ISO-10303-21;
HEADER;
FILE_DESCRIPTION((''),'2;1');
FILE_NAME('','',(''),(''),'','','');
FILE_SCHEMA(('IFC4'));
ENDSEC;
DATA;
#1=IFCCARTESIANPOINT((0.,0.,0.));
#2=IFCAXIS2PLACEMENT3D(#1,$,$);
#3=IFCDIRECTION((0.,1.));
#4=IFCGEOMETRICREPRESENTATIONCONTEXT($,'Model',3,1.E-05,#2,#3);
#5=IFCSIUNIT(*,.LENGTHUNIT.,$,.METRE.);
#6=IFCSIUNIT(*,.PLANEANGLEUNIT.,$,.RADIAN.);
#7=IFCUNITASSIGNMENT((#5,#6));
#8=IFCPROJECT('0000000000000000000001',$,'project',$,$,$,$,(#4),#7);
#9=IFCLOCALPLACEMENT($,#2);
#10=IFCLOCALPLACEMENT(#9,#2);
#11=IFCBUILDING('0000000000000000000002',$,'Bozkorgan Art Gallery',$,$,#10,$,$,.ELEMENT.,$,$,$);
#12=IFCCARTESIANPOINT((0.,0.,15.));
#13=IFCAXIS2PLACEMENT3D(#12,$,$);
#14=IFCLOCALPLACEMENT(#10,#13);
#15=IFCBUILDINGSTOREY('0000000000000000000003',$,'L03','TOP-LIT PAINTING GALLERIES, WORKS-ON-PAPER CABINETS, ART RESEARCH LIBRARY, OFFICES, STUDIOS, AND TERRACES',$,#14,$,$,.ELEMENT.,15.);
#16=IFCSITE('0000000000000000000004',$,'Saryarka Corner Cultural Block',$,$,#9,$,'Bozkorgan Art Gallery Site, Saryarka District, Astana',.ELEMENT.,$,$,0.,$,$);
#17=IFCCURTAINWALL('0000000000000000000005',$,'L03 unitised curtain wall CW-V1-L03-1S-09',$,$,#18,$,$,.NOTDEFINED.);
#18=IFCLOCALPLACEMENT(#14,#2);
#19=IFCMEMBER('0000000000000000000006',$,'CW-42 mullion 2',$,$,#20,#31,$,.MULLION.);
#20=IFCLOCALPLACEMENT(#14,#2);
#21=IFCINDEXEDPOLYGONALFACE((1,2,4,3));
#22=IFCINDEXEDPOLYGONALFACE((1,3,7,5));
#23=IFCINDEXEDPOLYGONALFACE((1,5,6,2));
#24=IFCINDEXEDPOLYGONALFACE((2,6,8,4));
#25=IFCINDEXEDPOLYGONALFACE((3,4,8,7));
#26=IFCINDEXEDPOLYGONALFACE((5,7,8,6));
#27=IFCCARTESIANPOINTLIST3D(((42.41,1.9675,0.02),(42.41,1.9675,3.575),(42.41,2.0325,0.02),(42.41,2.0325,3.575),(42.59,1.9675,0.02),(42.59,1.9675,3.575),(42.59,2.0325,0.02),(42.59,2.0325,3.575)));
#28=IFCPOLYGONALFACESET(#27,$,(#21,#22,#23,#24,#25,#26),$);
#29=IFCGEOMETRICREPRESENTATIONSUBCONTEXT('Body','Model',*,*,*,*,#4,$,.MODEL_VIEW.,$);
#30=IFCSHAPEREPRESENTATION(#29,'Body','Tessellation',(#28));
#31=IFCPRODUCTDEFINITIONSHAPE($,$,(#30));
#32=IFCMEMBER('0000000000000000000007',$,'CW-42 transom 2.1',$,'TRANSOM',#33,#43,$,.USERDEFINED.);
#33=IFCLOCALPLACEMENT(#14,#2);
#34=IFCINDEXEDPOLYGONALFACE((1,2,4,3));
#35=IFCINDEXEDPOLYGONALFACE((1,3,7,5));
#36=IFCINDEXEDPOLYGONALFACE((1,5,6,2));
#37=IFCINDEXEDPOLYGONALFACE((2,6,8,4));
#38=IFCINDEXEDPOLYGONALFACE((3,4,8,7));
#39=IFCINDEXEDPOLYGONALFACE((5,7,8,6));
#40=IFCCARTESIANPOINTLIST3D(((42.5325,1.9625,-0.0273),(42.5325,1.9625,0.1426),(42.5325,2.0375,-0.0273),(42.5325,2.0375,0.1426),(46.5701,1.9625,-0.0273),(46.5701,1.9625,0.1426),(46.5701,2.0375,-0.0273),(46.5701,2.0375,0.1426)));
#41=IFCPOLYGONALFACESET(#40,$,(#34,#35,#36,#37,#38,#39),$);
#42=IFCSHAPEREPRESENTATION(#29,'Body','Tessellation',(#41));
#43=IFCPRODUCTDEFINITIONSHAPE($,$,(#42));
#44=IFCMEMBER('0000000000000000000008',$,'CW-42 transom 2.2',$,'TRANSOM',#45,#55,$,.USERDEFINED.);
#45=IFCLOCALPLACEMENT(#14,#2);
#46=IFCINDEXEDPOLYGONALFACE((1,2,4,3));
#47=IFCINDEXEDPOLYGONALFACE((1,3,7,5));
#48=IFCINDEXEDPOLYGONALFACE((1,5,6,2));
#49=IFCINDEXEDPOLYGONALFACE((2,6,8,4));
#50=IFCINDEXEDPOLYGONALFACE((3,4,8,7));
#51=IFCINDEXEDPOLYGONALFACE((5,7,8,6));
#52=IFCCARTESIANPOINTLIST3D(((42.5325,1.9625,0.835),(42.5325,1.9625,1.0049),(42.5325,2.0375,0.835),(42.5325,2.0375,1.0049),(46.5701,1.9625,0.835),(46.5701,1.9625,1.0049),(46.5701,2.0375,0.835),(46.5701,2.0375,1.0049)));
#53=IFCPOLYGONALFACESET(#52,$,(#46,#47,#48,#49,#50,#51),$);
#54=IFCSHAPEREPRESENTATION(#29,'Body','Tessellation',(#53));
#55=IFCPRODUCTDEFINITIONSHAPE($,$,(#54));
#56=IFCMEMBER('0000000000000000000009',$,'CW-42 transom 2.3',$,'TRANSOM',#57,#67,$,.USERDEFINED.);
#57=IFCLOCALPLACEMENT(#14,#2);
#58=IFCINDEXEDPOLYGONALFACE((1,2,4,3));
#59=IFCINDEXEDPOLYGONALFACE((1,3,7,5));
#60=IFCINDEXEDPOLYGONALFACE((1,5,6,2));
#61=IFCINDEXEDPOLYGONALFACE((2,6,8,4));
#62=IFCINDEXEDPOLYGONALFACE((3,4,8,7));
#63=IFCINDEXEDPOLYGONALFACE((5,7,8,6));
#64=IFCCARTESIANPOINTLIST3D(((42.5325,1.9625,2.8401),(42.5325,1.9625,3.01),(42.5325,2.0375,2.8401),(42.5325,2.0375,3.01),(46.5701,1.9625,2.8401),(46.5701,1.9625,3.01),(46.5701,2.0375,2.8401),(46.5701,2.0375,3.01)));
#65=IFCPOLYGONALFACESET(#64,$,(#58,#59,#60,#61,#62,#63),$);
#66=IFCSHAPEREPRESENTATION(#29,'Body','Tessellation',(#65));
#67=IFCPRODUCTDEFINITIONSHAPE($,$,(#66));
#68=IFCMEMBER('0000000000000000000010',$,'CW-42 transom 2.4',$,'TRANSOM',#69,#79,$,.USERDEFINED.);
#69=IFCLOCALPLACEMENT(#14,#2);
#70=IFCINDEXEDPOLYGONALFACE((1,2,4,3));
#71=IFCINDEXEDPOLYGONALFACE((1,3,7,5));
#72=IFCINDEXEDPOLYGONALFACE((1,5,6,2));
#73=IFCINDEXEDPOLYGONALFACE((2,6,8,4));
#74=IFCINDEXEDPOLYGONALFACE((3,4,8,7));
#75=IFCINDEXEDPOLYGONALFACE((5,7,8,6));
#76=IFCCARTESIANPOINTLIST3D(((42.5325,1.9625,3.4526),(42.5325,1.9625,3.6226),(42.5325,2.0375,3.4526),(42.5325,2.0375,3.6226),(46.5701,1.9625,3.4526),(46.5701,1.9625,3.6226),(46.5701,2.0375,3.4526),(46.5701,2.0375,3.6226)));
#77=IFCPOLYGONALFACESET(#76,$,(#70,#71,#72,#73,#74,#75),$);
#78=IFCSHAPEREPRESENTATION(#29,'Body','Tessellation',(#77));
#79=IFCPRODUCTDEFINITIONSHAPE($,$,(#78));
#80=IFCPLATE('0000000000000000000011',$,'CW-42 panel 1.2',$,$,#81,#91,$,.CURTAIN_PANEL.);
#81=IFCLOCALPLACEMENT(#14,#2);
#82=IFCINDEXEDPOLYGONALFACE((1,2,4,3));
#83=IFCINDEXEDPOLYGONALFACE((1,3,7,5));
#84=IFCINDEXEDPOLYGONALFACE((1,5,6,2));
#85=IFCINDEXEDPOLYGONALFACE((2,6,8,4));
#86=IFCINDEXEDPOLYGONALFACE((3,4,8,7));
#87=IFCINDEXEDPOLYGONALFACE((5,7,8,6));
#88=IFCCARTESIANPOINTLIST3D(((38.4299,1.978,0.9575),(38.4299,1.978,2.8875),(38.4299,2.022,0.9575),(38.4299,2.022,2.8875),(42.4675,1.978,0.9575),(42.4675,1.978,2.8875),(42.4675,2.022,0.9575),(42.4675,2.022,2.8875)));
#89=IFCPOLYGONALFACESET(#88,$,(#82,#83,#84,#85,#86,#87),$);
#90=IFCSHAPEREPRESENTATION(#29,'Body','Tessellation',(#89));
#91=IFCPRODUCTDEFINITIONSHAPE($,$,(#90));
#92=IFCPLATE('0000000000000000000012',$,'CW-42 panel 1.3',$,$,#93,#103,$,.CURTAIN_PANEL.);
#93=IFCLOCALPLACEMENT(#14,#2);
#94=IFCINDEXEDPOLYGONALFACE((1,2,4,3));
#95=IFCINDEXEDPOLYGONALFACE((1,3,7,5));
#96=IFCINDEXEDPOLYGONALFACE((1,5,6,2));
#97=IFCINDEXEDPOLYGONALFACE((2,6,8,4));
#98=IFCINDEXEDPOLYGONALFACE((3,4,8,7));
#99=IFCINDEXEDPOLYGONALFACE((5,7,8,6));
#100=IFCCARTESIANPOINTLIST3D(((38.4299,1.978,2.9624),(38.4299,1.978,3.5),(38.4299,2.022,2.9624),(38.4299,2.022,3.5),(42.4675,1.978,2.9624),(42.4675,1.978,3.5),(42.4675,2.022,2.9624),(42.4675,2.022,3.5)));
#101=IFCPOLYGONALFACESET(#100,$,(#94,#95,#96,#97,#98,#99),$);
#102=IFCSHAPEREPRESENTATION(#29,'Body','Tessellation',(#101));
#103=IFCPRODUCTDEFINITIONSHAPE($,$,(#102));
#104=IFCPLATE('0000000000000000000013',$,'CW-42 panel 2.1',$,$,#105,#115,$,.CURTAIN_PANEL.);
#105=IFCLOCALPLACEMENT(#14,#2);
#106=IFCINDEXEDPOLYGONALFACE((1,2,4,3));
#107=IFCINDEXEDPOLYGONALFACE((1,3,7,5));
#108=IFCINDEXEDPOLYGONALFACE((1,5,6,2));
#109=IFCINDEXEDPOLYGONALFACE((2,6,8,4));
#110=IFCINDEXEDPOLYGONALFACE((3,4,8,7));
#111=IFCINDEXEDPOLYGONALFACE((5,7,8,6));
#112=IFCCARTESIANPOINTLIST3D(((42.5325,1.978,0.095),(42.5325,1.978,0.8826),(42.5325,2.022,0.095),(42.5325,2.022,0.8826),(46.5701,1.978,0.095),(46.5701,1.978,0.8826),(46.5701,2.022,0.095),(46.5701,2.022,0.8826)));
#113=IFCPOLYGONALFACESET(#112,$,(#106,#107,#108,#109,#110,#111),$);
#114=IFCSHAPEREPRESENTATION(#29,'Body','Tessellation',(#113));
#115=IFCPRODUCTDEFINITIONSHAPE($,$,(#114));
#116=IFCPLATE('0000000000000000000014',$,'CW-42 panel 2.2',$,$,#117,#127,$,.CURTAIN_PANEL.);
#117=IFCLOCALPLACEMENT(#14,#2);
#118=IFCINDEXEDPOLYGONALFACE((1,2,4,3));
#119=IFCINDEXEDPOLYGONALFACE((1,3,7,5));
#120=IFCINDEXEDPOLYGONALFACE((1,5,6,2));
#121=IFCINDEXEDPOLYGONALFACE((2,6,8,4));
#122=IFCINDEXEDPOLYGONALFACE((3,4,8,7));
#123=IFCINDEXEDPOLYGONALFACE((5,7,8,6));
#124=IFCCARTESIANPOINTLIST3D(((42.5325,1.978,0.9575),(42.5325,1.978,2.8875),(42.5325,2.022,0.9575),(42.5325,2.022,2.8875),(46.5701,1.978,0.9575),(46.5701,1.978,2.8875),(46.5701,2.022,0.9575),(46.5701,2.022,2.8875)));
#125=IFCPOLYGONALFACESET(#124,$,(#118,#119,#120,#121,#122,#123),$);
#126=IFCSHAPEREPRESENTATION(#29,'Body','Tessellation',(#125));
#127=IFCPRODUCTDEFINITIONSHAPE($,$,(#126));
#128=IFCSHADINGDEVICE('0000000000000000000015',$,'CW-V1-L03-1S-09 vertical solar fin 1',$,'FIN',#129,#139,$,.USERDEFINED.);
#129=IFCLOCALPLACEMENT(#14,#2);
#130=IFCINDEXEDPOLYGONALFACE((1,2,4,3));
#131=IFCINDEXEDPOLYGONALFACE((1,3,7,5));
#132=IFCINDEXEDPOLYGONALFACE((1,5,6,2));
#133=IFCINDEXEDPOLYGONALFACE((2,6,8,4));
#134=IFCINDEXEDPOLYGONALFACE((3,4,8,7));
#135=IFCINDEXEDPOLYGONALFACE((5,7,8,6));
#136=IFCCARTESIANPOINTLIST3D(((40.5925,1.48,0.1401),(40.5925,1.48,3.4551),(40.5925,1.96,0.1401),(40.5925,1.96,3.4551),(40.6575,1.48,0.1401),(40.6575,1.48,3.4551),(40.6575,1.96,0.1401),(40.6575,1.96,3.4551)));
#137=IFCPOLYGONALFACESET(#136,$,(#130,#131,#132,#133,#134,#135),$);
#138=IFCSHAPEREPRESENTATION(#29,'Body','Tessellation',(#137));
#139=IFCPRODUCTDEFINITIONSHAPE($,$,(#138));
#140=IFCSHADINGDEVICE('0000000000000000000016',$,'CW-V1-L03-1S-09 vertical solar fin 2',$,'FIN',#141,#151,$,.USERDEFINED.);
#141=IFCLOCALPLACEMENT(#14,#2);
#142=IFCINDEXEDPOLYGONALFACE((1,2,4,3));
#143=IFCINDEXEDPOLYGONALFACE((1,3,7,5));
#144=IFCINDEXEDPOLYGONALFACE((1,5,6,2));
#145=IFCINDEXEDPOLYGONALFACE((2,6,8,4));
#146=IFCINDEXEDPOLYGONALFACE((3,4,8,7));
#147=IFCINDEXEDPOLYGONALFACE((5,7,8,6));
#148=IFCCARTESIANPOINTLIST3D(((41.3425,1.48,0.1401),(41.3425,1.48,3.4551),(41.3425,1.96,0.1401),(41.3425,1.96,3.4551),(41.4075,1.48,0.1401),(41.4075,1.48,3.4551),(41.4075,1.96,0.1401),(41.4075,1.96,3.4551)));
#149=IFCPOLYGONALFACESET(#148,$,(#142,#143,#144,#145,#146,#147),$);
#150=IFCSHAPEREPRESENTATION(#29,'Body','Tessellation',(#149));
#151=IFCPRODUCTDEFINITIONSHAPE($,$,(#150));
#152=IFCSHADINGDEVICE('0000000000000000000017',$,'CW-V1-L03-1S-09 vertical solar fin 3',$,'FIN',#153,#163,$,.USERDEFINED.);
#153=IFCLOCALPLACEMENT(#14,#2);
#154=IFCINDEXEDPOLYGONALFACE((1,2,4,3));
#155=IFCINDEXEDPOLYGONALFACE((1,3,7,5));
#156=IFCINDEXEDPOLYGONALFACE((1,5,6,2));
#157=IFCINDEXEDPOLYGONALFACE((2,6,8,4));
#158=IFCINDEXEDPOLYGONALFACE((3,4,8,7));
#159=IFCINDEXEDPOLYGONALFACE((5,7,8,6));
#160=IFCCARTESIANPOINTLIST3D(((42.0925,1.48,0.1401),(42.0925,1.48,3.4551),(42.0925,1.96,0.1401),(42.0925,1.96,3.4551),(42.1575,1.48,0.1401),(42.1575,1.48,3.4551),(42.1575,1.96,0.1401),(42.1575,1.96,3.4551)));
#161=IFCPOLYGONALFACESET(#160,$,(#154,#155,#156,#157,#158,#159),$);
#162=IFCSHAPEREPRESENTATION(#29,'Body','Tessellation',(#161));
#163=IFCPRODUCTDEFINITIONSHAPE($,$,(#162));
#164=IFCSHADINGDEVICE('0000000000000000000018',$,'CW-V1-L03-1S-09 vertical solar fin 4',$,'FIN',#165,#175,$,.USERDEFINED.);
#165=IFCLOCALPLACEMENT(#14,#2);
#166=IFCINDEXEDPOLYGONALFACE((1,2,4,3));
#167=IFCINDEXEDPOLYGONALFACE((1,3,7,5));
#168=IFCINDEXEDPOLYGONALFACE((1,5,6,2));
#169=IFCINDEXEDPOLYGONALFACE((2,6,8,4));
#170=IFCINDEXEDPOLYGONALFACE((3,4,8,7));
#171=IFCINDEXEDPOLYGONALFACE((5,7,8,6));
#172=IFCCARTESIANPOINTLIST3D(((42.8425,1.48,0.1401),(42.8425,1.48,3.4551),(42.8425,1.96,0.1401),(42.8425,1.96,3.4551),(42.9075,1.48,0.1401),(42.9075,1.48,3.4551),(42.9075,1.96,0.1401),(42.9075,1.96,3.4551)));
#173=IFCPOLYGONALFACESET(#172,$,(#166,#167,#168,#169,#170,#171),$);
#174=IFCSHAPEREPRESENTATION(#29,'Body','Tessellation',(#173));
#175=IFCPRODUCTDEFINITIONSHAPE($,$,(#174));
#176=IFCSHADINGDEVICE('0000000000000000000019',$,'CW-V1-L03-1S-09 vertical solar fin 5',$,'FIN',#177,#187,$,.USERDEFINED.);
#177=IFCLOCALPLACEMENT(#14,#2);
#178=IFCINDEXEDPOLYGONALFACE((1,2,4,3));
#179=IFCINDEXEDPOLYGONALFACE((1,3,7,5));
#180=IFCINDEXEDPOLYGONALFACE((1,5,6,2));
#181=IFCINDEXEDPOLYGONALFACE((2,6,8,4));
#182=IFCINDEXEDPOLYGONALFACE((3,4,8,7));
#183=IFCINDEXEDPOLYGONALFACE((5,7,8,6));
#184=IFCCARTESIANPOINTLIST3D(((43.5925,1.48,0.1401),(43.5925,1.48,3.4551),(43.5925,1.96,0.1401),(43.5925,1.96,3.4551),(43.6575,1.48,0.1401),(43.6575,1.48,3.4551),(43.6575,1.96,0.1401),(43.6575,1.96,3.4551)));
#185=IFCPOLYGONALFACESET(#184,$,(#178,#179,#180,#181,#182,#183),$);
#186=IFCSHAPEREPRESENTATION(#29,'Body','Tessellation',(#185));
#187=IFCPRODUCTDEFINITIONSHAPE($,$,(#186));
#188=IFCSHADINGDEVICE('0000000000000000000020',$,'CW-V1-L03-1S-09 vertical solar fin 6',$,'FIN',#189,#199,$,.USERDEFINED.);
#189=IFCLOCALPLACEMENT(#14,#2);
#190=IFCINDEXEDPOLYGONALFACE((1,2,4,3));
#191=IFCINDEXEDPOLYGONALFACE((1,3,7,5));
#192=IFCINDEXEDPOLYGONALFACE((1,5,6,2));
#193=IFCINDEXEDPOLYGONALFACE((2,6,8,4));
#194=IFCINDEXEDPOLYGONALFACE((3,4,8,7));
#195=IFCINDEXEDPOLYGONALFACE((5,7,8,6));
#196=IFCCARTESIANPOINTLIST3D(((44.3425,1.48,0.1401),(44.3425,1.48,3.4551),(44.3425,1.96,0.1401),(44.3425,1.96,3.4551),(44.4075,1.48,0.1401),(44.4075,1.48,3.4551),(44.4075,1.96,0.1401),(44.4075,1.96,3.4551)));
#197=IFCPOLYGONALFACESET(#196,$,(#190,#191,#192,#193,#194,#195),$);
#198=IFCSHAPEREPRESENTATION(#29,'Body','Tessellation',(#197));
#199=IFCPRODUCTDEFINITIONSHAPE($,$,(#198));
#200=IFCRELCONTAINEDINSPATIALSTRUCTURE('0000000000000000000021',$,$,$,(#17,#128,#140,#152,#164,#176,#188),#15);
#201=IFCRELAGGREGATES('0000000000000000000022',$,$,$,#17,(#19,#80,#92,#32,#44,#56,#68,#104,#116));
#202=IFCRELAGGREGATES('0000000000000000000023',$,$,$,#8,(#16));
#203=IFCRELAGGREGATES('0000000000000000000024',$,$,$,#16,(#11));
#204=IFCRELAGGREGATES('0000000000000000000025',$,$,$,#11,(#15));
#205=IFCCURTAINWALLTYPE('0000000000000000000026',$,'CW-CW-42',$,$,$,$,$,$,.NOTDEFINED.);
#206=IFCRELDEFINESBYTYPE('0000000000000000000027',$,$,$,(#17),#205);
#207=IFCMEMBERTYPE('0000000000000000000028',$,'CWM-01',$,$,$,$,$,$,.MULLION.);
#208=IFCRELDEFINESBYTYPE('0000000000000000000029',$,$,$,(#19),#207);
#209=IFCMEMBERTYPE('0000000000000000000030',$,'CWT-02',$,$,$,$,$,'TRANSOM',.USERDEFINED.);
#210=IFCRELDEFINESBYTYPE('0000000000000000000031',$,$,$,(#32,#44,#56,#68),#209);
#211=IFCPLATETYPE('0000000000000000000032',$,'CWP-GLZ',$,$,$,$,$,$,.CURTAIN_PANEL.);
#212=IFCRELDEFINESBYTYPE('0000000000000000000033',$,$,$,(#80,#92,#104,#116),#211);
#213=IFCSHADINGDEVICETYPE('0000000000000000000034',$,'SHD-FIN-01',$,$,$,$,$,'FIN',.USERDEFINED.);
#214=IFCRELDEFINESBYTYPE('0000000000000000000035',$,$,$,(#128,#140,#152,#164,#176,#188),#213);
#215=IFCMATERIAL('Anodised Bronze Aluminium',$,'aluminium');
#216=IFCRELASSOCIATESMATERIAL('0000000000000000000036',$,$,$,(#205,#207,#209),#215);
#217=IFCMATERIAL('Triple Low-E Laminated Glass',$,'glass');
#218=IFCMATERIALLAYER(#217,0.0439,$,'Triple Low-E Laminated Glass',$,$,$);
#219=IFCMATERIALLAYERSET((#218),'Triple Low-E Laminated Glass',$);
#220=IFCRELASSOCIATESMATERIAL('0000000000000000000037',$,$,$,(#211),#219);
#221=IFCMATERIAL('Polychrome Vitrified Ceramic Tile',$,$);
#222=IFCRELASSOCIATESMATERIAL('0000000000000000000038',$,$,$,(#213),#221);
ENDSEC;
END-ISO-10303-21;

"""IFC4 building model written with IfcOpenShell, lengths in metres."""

from ifc_helpers import new_model, si_unit, direction, frame, origin, origin_2d, place, context, subcontext, project, spatial, rectangle, extrude, material, layer, layer_set, material_profile, profile_set, type_object, element, aggregate, save


model = new_model("IFC4")

# Units and contexts
model_context = context("Model", 3, precision=1e-05, world=origin(), true_north=direction((0.0, 1.0)))
body_context = subcontext(model_context, "Body", "Model", "MODEL_VIEW")
ifc_project = project(units=[si_unit("LENGTHUNIT", "METRE"), si_unit("PLANEANGLEUNIT", "RADIAN")], contexts=[model_context])

# Site, building, storey
site_placement = place(None, origin())
site = spatial("IfcSite", under=ifc_project, at=site_placement, Name="Saryarka Corner Cultural Block", LongName="Bozkorgan Art Gallery Site, Saryarka District, Astana", CompositionType="ELEMENT", RefElevation=0.0)
building_placement = place(site_placement, origin())
building = spatial("IfcBuilding", under=site, at=building_placement, Name="Bozkorgan Art Gallery", CompositionType="ELEMENT")
storey_placement = place(building_placement, frame((0.0, 0.0, 15.0)))
storey = spatial("IfcBuildingStorey", under=building, at=storey_placement, Name="L03", Description="TOP-LIT PAINTING GALLERIES, WORKS-ON-PAPER CABINETS, ART RESEARCH LIBRARY, OFFICES, STUDIOS, AND TERRACES", CompositionType="ELEMENT", Elevation=15.0)

# Curtain wall, members, plates
ifc_material_1 = material(Name="Anodised Bronze Aluminium", Category="aluminium")
curtain_wall_type = type_object("IfcCurtainWallType", Name="CW-CW-42", PredefinedType="NOTDEFINED", material=ifc_material_1)
curtain_wall_placement = place(storey_placement, origin())
curtain_wall = element("IfcCurtainWall", 1, at=curtain_wall_placement, inside=storey, type_object=curtain_wall_type, Name="L03 unitised curtain wall CW-V1-L03-1S-09", PredefinedType="NOTDEFINED")
ifc_material_profile_1 = material_profile(ifc_material_1, rectangle(XDim=0.0649, YDim=0.1799, at=origin_2d()), Name="ALU MULLION 65x180")
ifc_profile_set_1 = profile_set([ifc_material_profile_1], Name="Anodised Bronze Aluminium")
member_type_1 = type_object("IfcMemberType", Name="CWM-01", PredefinedType="MULLION", material=ifc_profile_set_1)
member_1_placement = place(storey_placement, frame((42.5, 2.0, 0.02), z_axis=(0.0, 0.0, 1.0), x_axis=(0.0, 1.0, 0.0)))
member_1 = element("IfcMember", 2, at=member_1_placement, type_object=member_type_1, Name="CW-42 mullion 2", PredefinedType="MULLION", context=body_context, shape_type="SweptSolid", body=[
    extrude(rectangle(XDim=0.0649, YDim=0.1799, at=origin_2d()), origin(), (0.0, 0.0, 1.0), 3.5549),
])
ifc_material_profile_2 = material_profile(ifc_material_1, rectangle(XDim=0.075, YDim=0.1699, at=origin_2d()), Name="ALU TRANSOM 75x170")
ifc_profile_set_2 = profile_set([ifc_material_profile_2], Name="Anodised Bronze Aluminium")
member_type_2 = type_object("IfcMemberType", Name="CWT-02", ElementType="TRANSOM", PredefinedType="USERDEFINED", material=ifc_profile_set_2)
member_2_placement = place(storey_placement, frame((42.5325, 2.0, 0.0576), z_axis=(1.0, 0.0, 0.0), x_axis=(0.0, 1.0, 0.0)))
member_2 = element("IfcMember", 3, at=member_2_placement, type_object=member_type_2, Name="CW-42 transom 2.1", ObjectType="TRANSOM", PredefinedType="USERDEFINED", context=body_context, shape_type="SweptSolid", body=[
    extrude(rectangle(XDim=0.075, YDim=0.1699, at=origin_2d()), origin(), (0.0, 0.0, 1.0), 4.0376),
])
member_3_placement = place(storey_placement, frame((42.5325, 2.0, 0.9199), z_axis=(1.0, 0.0, 0.0), x_axis=(0.0, 1.0, 0.0)))
member_3 = element("IfcMember", 4, at=member_3_placement, type_object=member_type_2, Name="CW-42 transom 2.2", ObjectType="TRANSOM", PredefinedType="USERDEFINED", context=body_context, shape_type="SweptSolid", body=[
    extrude(rectangle(XDim=0.075, YDim=0.1699, at=origin_2d()), origin(), (0.0, 0.0, 1.0), 4.0376),
])
member_4_placement = place(storey_placement, frame((42.5325, 2.0, 2.925), z_axis=(1.0, 0.0, 0.0), x_axis=(0.0, 1.0, 0.0)))
member_4 = element("IfcMember", 5, at=member_4_placement, type_object=member_type_2, Name="CW-42 transom 2.3", ObjectType="TRANSOM", PredefinedType="USERDEFINED", context=body_context, shape_type="SweptSolid", body=[
    extrude(rectangle(XDim=0.075, YDim=0.1699, at=origin_2d()), origin(), (0.0, 0.0, 1.0), 4.0376),
])
member_5_placement = place(storey_placement, frame((42.5325, 2.0, 3.5376), z_axis=(1.0, 0.0, 0.0), x_axis=(0.0, 1.0, 0.0)))
member_5 = element("IfcMember", 6, at=member_5_placement, type_object=member_type_2, Name="CW-42 transom 2.4", ObjectType="TRANSOM", PredefinedType="USERDEFINED", context=body_context, shape_type="SweptSolid", body=[
    extrude(rectangle(XDim=0.075, YDim=0.1699, at=origin_2d()), origin(), (0.0, 0.0, 1.0), 4.0376),
])
ifc_material_2 = material(Name="Triple Low-E Laminated Glass", Category="glass")
ifc_layer = layer(ifc_material_2, 0.0439, Name="Triple Low-E Laminated Glass")
ifc_layer_set = layer_set([ifc_layer], Name="Triple Low-E Laminated Glass")
plate_type = type_object("IfcPlateType", Name="CWP-GLZ", PredefinedType="CURTAIN_PANEL", material=ifc_layer_set)
plate_1_placement = place(storey_placement, frame((40.4487, 2.0, 0.9575), z_axis=(0.0, 0.0, 1.0), x_axis=(1.0, 0.0, 0.0)))
plate_1 = element("IfcPlate", 7, at=plate_1_placement, type_object=plate_type, Name="CW-42 panel 1.2", PredefinedType="CURTAIN_PANEL", context=body_context, shape_type="SweptSolid", body=[
    extrude(rectangle(XDim=4.0376, YDim=0.0439, at=origin_2d()), origin(), (0.0, 0.0, 1.0), 1.9299),
])
plate_2_placement = place(storey_placement, frame((40.4487, 2.0, 2.9624), z_axis=(0.0, 0.0, 1.0), x_axis=(1.0, 0.0, 0.0)))
plate_2 = element("IfcPlate", 8, at=plate_2_placement, type_object=plate_type, Name="CW-42 panel 1.3", PredefinedType="CURTAIN_PANEL", context=body_context, shape_type="SweptSolid", body=[
    extrude(rectangle(XDim=4.0376, YDim=0.0439, at=origin_2d()), origin(), (0.0, 0.0, 1.0), 0.5376),
])
plate_3_placement = place(storey_placement, frame((44.5513, 2.0, 0.095), z_axis=(0.0, 0.0, 1.0), x_axis=(1.0, 0.0, 0.0)))
plate_3 = element("IfcPlate", 9, at=plate_3_placement, type_object=plate_type, Name="CW-42 panel 2.1", PredefinedType="CURTAIN_PANEL", context=body_context, shape_type="SweptSolid", body=[
    extrude(rectangle(XDim=4.0376, YDim=0.0439, at=origin_2d()), origin(), (0.0, 0.0, 1.0), 0.7876),
])
plate_4_placement = place(storey_placement, frame((44.5513, 2.0, 0.9575), z_axis=(0.0, 0.0, 1.0), x_axis=(1.0, 0.0, 0.0)))
plate_4 = element("IfcPlate", 10, at=plate_4_placement, type_object=plate_type, Name="CW-42 panel 2.2", PredefinedType="CURTAIN_PANEL", context=body_context, shape_type="SweptSolid", body=[
    extrude(rectangle(XDim=4.0376, YDim=0.0439, at=origin_2d()), origin(), (0.0, 0.0, 1.0), 1.9299),
])
aggregate(curtain_wall, [member_1, plate_1, plate_2, member_2, member_3, member_4, member_5, plate_3, plate_4])

# Shading devices
ifc_material_3 = material(Name="Polychrome Vitrified Ceramic Tile")
shading_device_type = type_object("IfcShadingDeviceType", Name="SHD-FIN-01", ElementType="FIN", PredefinedType="USERDEFINED", material=ifc_material_3)
for number, where, z_axis, x_axis, name in (
    (11, (40.625, 1.72, 0.1401), (0.0, 0.0, 1.0), (0.0, -1.0, 0.0), "CW-V1-L03-1S-09 vertical solar fin 1"),
    (12, (41.375, 1.72, 0.1401), (0.0, 0.0, 1.0), (0.0, -1.0, 0.0), "CW-V1-L03-1S-09 vertical solar fin 2"),
    (13, (42.125, 1.72, 0.1401), (0.0, 0.0, 1.0), (0.0, -1.0, 0.0), "CW-V1-L03-1S-09 vertical solar fin 3"),
    (14, (42.875, 1.72, 0.1401), (0.0, 0.0, 1.0), (0.0, -1.0, 0.0), "CW-V1-L03-1S-09 vertical solar fin 4"),
    (15, (43.625, 1.72, 0.1401), (0.0, 0.0, 1.0), (0.0, -1.0, 0.0), "CW-V1-L03-1S-09 vertical solar fin 5"),
    (16, (44.375, 1.72, 0.1401), (0.0, 0.0, 1.0), (0.0, -1.0, 0.0), "CW-V1-L03-1S-09 vertical solar fin 6"),
):
    element("IfcShadingDevice", number, at=place(storey_placement, frame(where, z_axis=z_axis, x_axis=x_axis)), inside=storey, type_object=shading_device_type, Name=name, ObjectType="FIN", PredefinedType="USERDEFINED", context=body_context, shape_type="SweptSolid", body=[
        extrude(rectangle(XDim=0.48, YDim=0.0649, at=origin_2d()), origin(), (0.0, 0.0, 1.0), 3.3149),
    ])

save(model, "model.ifc")
